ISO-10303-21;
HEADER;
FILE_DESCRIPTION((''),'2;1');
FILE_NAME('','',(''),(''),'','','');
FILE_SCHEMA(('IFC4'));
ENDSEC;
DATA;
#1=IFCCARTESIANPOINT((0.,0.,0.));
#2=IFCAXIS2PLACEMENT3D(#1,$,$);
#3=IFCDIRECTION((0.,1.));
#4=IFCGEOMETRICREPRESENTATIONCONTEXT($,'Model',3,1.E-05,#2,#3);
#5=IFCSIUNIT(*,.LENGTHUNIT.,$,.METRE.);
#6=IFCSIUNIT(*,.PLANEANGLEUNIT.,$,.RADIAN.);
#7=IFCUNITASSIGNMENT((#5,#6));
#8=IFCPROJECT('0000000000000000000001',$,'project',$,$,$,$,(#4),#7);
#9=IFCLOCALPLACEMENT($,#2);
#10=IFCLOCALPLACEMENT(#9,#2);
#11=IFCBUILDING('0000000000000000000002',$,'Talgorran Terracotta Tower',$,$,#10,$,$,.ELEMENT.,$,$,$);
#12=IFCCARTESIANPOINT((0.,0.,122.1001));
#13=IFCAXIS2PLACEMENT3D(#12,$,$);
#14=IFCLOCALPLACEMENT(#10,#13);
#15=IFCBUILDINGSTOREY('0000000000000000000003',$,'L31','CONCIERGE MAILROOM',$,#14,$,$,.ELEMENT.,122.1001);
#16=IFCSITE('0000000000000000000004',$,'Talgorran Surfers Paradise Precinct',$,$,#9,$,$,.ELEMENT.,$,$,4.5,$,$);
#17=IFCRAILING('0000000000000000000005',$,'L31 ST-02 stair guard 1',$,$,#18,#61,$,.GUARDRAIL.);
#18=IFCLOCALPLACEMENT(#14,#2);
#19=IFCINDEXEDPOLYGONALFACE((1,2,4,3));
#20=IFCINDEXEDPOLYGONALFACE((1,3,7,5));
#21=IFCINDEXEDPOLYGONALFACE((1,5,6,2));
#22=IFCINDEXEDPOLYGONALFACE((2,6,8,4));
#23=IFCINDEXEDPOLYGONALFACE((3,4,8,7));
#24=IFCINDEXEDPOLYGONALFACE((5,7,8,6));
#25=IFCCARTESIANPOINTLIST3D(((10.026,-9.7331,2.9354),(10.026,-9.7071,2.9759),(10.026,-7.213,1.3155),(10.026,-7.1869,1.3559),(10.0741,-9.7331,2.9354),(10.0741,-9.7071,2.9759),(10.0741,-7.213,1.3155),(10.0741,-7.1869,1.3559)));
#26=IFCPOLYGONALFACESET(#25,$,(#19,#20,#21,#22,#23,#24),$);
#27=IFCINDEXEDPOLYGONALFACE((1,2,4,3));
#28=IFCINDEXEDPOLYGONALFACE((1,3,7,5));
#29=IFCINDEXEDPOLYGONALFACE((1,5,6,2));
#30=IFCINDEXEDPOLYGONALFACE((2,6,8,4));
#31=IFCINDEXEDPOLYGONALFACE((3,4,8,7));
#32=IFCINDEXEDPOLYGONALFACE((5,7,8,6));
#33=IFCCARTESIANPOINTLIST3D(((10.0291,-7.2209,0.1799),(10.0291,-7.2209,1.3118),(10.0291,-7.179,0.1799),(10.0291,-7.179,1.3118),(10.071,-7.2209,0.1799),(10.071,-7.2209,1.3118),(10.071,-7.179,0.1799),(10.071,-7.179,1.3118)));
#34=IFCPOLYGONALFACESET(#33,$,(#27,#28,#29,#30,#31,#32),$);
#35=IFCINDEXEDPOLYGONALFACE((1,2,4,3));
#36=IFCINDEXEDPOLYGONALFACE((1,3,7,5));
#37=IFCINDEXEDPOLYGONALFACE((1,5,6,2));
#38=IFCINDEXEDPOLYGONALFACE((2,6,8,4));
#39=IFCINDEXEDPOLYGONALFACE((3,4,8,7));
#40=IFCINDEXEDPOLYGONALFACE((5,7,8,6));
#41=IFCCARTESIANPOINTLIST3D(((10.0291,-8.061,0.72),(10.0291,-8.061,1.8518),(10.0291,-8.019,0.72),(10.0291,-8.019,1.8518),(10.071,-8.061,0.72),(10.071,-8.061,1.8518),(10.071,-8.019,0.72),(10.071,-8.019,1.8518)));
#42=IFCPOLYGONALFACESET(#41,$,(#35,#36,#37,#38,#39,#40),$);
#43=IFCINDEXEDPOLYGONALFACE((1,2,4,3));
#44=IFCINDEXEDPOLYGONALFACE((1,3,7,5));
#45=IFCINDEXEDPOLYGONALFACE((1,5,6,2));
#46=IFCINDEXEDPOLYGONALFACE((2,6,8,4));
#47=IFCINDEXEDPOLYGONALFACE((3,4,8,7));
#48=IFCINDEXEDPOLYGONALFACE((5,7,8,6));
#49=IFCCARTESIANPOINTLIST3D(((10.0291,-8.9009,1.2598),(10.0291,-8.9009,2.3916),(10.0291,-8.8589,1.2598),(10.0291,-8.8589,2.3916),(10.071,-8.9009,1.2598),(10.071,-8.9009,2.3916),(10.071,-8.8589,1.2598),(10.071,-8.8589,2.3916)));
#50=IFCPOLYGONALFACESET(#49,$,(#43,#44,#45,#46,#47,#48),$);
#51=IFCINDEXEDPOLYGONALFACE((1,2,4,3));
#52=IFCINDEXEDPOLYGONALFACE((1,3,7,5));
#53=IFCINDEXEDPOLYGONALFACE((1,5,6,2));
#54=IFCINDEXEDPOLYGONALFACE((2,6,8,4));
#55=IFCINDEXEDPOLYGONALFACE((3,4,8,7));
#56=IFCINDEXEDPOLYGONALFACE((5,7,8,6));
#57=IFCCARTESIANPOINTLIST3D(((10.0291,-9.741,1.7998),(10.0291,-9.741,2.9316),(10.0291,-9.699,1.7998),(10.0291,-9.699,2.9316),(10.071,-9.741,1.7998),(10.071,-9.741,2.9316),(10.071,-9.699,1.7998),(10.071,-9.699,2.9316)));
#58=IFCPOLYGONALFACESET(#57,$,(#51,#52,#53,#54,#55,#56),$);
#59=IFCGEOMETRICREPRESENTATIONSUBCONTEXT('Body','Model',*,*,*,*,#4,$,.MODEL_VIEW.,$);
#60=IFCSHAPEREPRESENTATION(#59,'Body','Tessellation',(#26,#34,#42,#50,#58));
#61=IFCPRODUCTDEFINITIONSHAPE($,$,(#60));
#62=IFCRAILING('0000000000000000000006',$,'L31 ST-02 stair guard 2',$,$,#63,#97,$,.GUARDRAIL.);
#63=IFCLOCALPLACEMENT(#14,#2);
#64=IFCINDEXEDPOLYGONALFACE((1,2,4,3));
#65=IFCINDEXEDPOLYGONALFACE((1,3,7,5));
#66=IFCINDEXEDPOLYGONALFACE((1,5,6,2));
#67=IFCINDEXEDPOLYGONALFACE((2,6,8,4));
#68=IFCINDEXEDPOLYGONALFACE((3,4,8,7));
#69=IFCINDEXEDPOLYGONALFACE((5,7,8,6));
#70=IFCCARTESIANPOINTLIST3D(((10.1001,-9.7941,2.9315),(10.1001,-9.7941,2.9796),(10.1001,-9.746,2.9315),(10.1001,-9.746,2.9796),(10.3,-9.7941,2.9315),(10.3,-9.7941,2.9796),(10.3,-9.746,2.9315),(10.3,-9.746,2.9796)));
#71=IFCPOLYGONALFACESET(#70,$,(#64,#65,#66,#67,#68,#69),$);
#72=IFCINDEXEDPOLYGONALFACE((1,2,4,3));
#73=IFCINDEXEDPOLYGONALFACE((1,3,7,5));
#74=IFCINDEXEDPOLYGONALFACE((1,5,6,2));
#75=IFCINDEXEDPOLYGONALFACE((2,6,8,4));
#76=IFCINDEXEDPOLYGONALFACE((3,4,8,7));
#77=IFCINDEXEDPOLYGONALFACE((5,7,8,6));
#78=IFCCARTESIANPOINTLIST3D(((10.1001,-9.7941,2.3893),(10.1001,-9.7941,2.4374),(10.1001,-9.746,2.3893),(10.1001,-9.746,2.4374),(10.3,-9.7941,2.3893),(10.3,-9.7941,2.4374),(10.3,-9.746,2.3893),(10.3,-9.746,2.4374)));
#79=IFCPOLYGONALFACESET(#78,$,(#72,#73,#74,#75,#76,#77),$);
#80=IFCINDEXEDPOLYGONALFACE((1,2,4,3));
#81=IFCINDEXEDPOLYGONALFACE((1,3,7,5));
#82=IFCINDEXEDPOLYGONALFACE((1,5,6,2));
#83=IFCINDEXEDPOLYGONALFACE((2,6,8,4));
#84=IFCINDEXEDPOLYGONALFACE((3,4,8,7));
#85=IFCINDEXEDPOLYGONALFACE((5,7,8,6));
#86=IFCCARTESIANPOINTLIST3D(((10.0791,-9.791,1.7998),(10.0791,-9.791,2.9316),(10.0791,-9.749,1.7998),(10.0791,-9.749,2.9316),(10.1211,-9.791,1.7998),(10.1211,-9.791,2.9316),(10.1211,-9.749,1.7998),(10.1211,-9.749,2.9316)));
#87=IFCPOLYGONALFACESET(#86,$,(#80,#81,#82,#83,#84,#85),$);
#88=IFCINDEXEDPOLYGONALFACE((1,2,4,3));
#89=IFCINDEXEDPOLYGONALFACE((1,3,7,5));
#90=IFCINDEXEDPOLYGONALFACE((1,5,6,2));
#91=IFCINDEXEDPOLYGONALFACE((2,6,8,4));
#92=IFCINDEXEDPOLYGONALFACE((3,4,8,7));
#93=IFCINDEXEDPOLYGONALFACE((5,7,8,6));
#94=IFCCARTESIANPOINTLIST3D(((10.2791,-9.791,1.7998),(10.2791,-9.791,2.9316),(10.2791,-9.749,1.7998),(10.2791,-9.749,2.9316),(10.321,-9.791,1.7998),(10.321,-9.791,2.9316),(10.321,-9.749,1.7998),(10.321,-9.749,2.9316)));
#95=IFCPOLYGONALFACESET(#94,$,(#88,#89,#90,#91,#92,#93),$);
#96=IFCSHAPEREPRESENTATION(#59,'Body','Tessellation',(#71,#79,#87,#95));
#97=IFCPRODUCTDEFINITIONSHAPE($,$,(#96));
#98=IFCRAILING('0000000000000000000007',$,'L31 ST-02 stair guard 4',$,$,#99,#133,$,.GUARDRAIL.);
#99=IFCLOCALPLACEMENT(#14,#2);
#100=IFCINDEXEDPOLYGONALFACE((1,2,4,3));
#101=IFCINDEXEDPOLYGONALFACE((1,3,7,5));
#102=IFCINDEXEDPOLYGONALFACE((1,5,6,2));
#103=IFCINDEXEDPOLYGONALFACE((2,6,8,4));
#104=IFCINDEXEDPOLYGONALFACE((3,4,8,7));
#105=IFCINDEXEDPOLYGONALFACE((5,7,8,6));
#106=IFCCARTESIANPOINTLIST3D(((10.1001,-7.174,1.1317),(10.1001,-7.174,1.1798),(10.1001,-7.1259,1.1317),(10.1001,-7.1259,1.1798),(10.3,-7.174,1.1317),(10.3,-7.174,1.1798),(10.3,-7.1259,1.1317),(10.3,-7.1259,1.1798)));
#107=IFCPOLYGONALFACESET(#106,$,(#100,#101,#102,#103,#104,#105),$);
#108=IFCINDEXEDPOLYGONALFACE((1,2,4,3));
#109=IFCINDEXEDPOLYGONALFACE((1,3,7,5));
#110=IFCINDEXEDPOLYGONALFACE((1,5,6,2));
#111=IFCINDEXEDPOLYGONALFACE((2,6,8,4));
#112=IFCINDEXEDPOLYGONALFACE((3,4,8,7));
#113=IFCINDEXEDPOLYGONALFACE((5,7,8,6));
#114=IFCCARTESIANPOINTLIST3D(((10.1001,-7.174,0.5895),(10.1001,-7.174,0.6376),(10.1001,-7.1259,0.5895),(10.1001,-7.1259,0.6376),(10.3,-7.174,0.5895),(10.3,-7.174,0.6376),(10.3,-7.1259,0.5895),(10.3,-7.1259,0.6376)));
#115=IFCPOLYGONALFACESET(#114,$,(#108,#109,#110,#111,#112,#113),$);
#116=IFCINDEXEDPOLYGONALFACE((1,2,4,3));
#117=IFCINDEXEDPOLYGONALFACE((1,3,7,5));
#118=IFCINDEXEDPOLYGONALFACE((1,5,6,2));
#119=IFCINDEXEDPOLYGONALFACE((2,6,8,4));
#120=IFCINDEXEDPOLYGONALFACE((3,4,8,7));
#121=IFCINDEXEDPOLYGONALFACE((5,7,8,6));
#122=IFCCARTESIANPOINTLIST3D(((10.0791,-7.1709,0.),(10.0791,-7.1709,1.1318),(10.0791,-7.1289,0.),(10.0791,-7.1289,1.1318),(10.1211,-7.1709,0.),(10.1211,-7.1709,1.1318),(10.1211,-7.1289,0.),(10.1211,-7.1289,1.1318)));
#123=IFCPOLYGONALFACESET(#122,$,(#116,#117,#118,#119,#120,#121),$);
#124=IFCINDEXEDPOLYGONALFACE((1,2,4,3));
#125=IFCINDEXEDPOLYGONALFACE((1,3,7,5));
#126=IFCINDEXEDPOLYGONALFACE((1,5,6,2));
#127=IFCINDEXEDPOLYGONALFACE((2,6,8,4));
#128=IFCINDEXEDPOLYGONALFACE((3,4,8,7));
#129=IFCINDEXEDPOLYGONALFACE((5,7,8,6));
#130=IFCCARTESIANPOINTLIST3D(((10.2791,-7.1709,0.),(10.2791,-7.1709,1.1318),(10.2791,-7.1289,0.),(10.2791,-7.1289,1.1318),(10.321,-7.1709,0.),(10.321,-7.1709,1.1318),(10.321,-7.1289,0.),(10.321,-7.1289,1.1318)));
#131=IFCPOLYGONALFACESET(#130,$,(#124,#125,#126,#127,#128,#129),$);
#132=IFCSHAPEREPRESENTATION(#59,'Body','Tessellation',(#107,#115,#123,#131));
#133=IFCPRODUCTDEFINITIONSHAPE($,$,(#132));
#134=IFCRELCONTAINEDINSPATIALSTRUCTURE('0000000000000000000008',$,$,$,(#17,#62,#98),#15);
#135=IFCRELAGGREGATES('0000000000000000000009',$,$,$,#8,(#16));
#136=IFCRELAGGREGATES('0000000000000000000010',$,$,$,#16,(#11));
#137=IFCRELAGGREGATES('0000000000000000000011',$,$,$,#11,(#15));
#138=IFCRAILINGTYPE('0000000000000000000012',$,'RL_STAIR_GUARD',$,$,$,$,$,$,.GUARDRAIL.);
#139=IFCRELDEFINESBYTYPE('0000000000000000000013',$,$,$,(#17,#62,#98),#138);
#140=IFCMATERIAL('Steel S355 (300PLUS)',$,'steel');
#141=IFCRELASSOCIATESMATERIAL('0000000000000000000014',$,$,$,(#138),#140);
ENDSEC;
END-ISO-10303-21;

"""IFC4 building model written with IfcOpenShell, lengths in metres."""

from ifc_helpers import new_model, si_unit, direction, frame, origin, origin_2d, place, context, subcontext, project, spatial, rectangle, extrude, material, type_object, element, save


model = new_model("IFC4")

# Units and contexts
model_context = context("Model", 3, precision=1e-05, world=origin(), true_north=direction((0.0, 1.0)))
body_context = subcontext(model_context, "Body", "Model", "MODEL_VIEW")
ifc_project = project(units=[si_unit("LENGTHUNIT", "METRE"), si_unit("PLANEANGLEUNIT", "RADIAN")], contexts=[model_context])

# Site, building, storey
site_placement = place(None, origin())
site = spatial("IfcSite", under=ifc_project, at=site_placement, Name="Talgorran Surfers Paradise Precinct", CompositionType="ELEMENT", RefElevation=4.5)
building_placement = place(site_placement, origin())
building = spatial("IfcBuilding", under=site, at=building_placement, Name="Talgorran Terracotta Tower", CompositionType="ELEMENT")
storey_placement = place(building_placement, frame((0.0, 0.0, 122.1001)))
storey = spatial("IfcBuildingStorey", under=building, at=storey_placement, Name="L31", Description="CONCIERGE MAILROOM", CompositionType="ELEMENT", Elevation=122.1001)

# Shared definitions
ifc_material_1 = material(Name="Steel S355 (300PLUS)", Category="steel")

# Railings
railing_type_1 = type_object("IfcRailingType", Name="RL_STAIR_GUARD", PredefinedType="GUARDRAIL", material=ifc_material_1)
railing_1_placement = place(storey_placement, frame((10.05, -7.2, 0.1799)))
element("IfcRailing", 1, at=railing_1_placement, inside=storey, type_object=railing_type_1, Name="L31 ST-02 stair guard 1", PredefinedType="GUARDRAIL", context=body_context, shape_type="SweptSolid", body=[
    extrude(rectangle(XDim=0.0481, YDim=0.0481, at=origin_2d()), frame((0.0, 0.0, 1.1558), z_axis=(0.0, -0.8412, 0.540725), x_axis=(1.0, 0.0, 0.0)), (0.0, 0.0, 1.0), 2.9958),
    extrude(rectangle(XDim=0.042, YDim=0.042, at=origin_2d()), origin(), (0.0, 0.0, 1.0), 1.1318),
    extrude(rectangle(XDim=0.042, YDim=0.042, at=origin_2d()), frame((0.0, -0.8401, 0.54)), (0.0, 0.0, 1.0), 1.1318),
    extrude(rectangle(XDim=0.042, YDim=0.042, at=origin_2d()), frame((0.0, -1.6799, 1.0798)), (0.0, 0.0, 1.0), 1.1318),
    extrude(rectangle(XDim=0.042, YDim=0.042, at=origin_2d()), frame((0.0, -2.52, 1.6199)), (0.0, 0.0, 1.0), 1.1318),
])
for number, where, name in (
    (2, (10.1001, -9.77, 1.7998), "L31 ST-02 stair guard 2"),
    (3, (10.1001, -7.1499, 0.0), "L31 ST-02 stair guard 4"),
):
    element("IfcRailing", number, at=place(storey_placement, frame(where)), inside=storey, type_object=railing_type_1, Name=name, PredefinedType="GUARDRAIL", context=body_context, shape_type="SweptSolid", body=[
        extrude(rectangle(XDim=0.0481, YDim=0.0481, at=origin_2d()), frame((0.0, 0.0, 1.1558), z_axis=(1.0, 0.0, 0.0), x_axis=(0.0, 1.0, 0.0)), (0.0, 0.0, 1.0), 0.2),
        extrude(rectangle(XDim=0.0481, YDim=0.0481, at=origin_2d()), frame((0.0, 0.0, 0.6135), z_axis=(1.0, 0.0, 0.0), x_axis=(0.0, 1.0, 0.0)), (0.0, 0.0, 1.0), 0.2),
        extrude(rectangle(XDim=0.042, YDim=0.042, at=origin_2d()), origin(), (0.0, 0.0, 1.0), 1.1318),
        extrude(rectangle(XDim=0.042, YDim=0.042, at=origin_2d()), frame((0.2, 0.0, 0.0)), (0.0, 0.0, 1.0), 1.1318),
    ])

save(model, "model.ifc")
